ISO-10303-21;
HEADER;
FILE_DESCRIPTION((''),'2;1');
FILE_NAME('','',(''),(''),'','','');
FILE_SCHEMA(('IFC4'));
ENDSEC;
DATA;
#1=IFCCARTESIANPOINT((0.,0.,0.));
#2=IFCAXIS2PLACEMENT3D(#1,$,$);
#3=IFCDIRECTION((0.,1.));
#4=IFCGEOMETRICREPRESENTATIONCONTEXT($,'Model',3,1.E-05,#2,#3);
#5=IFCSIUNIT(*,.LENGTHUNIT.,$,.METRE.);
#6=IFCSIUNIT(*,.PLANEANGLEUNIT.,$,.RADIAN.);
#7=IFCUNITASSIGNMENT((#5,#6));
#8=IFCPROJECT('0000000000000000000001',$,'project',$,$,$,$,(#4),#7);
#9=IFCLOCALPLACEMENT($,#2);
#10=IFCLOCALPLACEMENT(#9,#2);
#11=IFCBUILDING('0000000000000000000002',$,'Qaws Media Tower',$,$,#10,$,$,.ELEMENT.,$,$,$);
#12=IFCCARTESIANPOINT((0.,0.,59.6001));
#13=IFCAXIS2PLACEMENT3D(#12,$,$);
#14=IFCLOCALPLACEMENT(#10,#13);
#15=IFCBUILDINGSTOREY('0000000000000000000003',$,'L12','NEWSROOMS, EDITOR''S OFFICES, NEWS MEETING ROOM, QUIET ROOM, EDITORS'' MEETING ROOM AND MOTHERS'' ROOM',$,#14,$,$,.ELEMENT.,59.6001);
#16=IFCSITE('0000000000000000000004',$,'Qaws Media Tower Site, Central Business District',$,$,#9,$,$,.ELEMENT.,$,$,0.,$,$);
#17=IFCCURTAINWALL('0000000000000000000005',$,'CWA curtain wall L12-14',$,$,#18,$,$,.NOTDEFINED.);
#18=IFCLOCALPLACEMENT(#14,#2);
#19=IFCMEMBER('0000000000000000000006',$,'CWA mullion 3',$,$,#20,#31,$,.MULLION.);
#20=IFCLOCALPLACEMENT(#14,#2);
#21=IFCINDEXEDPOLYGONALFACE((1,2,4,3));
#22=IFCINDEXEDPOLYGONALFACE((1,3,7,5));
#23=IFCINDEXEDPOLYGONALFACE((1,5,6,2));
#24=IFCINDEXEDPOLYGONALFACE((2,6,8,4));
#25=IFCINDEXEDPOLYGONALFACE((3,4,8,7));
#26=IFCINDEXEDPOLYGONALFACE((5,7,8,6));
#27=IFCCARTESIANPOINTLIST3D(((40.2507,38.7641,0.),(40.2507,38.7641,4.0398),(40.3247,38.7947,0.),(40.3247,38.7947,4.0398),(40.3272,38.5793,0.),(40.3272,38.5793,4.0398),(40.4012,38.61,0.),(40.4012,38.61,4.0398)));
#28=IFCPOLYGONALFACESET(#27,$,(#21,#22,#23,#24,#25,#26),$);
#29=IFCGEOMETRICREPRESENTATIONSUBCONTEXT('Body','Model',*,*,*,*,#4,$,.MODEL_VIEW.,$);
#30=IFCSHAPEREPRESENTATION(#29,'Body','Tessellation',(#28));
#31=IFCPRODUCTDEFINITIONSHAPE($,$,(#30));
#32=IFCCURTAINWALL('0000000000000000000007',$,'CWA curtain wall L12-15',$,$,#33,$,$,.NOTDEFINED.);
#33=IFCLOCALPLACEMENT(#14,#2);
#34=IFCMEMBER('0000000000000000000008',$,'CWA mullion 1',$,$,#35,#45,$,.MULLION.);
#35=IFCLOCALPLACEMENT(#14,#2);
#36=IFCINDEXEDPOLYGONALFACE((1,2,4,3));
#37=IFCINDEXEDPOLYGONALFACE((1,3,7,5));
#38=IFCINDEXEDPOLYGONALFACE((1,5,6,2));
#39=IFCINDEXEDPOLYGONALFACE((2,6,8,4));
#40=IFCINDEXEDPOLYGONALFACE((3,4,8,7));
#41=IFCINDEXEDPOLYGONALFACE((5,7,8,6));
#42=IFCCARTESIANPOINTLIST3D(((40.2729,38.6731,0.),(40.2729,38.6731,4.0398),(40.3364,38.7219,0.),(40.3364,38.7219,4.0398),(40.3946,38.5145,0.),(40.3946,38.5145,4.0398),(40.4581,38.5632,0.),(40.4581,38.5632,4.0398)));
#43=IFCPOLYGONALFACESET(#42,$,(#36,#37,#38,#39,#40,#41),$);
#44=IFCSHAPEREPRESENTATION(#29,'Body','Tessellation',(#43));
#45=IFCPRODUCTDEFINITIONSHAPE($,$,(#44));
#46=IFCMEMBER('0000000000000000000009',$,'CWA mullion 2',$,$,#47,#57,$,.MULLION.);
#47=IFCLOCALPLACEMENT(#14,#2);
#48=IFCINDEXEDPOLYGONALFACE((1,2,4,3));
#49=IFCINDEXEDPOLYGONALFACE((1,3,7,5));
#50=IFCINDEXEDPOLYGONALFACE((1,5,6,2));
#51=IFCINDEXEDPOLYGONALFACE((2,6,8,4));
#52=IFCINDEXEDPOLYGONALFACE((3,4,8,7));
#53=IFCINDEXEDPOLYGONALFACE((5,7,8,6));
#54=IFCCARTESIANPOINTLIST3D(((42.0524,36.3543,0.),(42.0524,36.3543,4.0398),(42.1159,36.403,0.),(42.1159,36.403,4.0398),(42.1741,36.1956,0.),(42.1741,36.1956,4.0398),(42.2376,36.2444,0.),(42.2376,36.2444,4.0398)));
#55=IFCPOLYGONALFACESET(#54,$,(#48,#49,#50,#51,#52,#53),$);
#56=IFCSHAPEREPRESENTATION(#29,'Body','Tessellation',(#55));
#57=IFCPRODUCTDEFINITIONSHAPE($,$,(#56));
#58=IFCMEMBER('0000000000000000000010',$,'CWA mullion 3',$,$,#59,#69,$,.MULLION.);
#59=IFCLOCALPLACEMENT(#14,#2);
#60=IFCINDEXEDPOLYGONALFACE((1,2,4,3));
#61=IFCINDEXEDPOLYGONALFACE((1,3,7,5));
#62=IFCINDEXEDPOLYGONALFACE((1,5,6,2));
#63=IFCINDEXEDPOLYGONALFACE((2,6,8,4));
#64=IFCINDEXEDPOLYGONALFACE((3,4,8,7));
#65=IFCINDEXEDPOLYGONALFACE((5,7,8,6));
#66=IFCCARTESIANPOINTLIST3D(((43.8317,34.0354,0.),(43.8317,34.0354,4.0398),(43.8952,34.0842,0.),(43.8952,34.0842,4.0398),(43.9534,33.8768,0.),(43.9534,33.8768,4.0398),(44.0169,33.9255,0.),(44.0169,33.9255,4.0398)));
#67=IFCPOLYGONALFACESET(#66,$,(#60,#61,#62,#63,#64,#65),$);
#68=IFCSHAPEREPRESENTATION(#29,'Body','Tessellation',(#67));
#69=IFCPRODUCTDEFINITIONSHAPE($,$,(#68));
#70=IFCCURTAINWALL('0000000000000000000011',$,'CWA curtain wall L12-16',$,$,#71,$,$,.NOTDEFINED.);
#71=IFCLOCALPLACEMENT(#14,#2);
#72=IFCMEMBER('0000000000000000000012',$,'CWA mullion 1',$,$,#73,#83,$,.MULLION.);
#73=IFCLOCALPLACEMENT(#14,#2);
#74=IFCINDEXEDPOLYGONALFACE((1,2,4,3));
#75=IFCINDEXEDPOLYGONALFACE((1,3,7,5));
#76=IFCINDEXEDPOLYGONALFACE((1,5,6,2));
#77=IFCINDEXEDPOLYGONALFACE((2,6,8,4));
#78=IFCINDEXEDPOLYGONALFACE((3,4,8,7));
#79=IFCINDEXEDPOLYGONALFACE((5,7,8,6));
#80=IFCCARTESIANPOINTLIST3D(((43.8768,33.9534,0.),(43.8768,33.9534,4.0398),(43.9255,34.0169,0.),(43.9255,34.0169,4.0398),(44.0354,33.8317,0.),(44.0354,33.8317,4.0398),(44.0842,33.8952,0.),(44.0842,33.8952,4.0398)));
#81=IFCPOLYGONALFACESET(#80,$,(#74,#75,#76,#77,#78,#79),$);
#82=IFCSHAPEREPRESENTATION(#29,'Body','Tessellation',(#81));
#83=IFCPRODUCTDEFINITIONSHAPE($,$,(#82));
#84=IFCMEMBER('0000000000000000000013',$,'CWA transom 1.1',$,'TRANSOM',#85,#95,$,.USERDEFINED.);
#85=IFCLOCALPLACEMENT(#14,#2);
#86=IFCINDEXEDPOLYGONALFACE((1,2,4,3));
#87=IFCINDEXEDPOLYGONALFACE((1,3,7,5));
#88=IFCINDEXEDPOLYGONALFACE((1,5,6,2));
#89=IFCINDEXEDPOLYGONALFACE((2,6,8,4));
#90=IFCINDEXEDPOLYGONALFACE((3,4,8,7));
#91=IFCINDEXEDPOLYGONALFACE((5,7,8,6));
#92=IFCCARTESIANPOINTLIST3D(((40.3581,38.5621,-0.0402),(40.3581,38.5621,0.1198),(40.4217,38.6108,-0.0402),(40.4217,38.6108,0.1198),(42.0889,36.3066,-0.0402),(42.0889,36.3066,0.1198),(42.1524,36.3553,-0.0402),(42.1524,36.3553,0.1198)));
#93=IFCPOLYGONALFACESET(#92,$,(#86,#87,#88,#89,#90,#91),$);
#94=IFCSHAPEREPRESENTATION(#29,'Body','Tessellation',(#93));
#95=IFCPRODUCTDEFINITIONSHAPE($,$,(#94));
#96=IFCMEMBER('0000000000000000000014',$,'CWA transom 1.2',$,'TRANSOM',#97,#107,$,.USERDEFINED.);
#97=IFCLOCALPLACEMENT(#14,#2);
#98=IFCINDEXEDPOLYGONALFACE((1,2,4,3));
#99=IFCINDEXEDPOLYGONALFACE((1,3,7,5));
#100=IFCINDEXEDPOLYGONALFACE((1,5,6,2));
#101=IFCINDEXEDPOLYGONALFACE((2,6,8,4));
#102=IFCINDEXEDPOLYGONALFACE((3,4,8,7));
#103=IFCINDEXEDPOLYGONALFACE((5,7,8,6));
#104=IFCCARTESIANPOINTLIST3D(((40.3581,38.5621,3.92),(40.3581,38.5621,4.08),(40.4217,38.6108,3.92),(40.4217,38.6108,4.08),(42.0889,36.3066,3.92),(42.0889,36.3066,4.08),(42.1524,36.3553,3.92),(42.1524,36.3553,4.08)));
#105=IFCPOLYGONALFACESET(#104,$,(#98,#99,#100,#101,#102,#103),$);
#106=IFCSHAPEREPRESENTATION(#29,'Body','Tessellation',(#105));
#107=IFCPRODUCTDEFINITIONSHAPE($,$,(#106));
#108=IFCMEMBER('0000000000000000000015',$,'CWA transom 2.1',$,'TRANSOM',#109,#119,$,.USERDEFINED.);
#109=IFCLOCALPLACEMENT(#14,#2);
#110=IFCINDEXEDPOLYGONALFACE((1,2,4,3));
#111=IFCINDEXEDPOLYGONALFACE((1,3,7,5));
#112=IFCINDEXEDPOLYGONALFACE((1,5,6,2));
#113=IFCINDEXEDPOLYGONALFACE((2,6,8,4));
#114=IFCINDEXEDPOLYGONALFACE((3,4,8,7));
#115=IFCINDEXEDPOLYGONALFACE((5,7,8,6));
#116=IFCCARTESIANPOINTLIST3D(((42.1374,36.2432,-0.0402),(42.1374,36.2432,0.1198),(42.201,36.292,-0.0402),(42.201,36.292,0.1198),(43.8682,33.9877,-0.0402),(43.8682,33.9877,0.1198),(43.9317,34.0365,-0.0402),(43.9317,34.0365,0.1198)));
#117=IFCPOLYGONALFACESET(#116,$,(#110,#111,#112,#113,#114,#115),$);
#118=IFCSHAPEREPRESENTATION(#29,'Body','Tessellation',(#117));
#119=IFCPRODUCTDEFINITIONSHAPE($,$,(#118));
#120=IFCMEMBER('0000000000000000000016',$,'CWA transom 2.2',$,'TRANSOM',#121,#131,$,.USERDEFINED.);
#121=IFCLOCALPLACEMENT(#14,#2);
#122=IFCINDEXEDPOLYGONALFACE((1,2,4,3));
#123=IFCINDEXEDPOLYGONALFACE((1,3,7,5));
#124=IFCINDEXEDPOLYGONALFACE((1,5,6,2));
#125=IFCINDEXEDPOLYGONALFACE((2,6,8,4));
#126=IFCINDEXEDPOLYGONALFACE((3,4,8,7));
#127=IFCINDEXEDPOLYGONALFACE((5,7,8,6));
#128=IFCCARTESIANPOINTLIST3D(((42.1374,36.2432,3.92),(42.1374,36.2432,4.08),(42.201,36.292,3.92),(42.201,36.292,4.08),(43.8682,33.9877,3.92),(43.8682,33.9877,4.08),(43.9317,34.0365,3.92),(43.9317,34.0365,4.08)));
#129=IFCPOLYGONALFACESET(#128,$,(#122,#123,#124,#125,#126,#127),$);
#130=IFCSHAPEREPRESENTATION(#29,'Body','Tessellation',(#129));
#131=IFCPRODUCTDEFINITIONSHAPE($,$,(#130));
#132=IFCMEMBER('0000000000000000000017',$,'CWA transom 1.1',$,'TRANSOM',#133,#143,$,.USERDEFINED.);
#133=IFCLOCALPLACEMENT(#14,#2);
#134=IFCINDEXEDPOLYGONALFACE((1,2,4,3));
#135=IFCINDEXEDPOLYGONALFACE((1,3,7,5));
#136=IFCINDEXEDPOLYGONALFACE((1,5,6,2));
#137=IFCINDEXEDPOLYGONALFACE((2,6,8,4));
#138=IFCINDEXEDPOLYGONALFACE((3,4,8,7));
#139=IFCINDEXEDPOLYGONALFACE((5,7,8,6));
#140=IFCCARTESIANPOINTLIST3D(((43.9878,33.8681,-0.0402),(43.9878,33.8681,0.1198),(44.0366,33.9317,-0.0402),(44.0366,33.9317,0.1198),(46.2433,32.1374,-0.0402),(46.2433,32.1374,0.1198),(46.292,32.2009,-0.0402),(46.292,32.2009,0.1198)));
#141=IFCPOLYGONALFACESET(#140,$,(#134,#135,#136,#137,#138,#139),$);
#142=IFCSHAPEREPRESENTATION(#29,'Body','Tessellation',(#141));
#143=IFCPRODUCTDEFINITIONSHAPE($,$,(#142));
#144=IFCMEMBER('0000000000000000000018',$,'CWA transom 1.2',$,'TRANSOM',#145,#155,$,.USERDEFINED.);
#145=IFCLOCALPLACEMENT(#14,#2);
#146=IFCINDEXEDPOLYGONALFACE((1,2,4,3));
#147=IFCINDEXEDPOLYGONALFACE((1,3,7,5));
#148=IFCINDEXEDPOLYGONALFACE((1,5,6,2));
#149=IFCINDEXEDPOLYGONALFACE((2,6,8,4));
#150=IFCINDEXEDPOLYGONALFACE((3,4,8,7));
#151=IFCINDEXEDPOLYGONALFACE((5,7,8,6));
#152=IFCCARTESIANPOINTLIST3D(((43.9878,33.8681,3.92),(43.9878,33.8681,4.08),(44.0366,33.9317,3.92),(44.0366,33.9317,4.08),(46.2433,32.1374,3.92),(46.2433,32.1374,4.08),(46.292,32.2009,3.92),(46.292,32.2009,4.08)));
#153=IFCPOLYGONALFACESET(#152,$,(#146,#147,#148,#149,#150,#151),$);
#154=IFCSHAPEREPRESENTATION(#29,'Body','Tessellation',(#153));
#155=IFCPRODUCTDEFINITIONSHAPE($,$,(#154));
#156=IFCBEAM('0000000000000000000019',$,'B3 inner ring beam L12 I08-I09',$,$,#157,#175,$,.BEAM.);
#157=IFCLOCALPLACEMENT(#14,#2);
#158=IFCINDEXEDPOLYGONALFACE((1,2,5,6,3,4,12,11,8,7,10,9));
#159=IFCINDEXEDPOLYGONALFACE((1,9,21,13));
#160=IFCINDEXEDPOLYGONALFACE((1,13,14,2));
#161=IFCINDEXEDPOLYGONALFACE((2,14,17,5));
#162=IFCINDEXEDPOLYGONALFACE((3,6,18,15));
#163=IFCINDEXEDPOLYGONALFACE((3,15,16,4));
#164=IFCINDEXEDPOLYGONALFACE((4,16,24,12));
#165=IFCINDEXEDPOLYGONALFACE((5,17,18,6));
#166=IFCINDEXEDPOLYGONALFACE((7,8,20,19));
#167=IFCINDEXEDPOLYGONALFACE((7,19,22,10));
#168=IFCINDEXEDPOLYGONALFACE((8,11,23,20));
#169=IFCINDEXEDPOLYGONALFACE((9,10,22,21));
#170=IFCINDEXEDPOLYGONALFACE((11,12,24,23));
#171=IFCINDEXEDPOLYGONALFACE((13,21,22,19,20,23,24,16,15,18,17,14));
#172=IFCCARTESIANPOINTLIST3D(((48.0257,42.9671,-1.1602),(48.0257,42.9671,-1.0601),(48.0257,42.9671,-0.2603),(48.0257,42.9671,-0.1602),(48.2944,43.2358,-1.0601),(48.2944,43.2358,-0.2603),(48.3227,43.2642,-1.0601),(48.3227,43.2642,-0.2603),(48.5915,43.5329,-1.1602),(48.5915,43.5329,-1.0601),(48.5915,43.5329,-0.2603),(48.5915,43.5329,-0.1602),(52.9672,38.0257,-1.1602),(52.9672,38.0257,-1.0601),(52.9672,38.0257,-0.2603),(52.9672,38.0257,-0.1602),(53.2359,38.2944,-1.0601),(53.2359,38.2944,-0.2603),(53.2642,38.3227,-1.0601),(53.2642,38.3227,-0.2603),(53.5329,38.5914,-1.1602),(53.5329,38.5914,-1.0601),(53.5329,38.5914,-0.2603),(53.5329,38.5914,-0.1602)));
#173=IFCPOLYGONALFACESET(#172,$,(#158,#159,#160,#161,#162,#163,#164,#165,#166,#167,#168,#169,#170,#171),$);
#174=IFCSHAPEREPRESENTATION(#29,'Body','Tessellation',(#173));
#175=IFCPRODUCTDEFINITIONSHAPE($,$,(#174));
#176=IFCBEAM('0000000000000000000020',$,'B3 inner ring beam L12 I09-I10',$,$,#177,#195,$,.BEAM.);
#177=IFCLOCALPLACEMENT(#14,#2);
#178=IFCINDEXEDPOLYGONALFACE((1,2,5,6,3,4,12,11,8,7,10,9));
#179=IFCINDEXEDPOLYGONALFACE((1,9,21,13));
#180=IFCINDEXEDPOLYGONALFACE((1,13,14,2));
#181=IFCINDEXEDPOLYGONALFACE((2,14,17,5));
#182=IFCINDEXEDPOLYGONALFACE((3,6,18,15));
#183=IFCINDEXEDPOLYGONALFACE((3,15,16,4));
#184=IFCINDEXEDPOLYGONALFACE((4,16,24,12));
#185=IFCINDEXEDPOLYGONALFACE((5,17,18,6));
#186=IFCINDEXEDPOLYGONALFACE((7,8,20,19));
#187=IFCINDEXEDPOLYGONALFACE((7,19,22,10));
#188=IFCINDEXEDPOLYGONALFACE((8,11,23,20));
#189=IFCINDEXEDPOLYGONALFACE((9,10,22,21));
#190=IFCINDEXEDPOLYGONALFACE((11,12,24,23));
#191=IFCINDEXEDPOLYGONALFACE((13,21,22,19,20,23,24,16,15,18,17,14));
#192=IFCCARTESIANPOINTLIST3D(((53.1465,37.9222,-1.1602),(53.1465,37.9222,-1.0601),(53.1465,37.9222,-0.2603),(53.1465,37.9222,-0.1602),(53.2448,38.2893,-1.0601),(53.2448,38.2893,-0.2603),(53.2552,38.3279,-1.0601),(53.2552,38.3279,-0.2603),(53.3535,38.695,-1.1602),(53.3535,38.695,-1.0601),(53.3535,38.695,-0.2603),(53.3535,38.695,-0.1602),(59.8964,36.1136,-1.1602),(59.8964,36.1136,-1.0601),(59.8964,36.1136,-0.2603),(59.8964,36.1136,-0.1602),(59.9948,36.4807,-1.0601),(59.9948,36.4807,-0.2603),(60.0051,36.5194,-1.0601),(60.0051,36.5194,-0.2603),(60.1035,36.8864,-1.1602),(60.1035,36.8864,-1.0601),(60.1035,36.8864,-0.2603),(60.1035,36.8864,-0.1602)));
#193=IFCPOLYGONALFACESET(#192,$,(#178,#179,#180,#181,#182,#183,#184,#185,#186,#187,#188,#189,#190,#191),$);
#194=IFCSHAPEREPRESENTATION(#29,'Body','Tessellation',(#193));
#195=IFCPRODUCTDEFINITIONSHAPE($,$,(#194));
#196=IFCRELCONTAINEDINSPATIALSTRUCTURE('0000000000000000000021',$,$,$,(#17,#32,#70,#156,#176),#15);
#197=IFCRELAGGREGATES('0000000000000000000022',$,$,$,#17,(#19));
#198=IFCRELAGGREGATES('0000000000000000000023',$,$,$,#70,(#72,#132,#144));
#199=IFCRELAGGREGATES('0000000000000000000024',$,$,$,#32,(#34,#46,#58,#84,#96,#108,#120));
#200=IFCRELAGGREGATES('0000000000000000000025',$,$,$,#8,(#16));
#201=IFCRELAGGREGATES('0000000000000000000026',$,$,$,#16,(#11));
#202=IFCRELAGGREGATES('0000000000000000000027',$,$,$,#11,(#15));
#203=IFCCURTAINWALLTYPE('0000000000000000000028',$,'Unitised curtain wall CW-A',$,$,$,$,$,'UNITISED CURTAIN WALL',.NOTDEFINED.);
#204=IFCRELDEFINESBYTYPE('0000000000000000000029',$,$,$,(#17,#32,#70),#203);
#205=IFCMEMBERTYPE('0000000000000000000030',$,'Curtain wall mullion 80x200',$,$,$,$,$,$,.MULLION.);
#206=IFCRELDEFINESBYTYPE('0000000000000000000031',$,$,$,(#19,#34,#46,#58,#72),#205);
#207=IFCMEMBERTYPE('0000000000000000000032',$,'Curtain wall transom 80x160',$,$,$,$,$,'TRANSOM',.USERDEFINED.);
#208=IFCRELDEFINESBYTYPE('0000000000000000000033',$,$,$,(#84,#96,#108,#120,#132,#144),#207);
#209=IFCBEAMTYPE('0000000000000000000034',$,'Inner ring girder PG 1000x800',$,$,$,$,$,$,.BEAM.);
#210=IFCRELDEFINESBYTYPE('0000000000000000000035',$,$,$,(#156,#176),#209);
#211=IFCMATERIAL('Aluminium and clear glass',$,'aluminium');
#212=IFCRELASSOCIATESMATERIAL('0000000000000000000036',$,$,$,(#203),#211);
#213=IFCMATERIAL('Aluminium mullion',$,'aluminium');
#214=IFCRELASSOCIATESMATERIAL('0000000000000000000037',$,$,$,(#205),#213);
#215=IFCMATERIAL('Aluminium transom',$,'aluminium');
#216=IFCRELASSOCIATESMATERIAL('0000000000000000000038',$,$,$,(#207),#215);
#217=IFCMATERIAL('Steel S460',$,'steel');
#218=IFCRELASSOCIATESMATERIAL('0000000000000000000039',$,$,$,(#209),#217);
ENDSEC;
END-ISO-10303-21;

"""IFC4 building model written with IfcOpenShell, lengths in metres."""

from ifc_helpers import new_model, si_unit, direction, frame, origin, origin_2d, place, context, subcontext, project, spatial, rectangle, i_section, extrude, material, material_profile, profile_set, type_object, element, aggregate, save


model = new_model("IFC4")

# Units and contexts
model_context = context("Model", 3, precision=1e-05, world=origin(), true_north=direction((0.0, 1.0)))
body_context = subcontext(model_context, "Body", "Model", "MODEL_VIEW")
ifc_project = project(units=[si_unit("LENGTHUNIT", "METRE"), si_unit("PLANEANGLEUNIT", "RADIAN")], contexts=[model_context])

# Site, building, storey
site_placement = place(None, origin())
site = spatial("IfcSite", under=ifc_project, at=site_placement, Name="Qaws Media Tower Site, Central Business District", CompositionType="ELEMENT", RefElevation=0.0)
building_placement = place(site_placement, origin())
building = spatial("IfcBuilding", under=site, at=building_placement, Name="Qaws Media Tower", CompositionType="ELEMENT")
storey_placement = place(building_placement, frame((0.0, 0.0, 59.6001)))
storey = spatial("IfcBuildingStorey", under=building, at=storey_placement, Name="L12", Description="NEWSROOMS, EDITOR'S OFFICES, NEWS MEETING ROOM, QUIET ROOM, EDITORS' MEETING ROOM AND MOTHERS' ROOM", CompositionType="ELEMENT", Elevation=59.6001)

# Curtain wall, member
ifc_material_1 = material(Name="Aluminium and clear glass", Category="aluminium")
curtain_wall_type = type_object("IfcCurtainWallType", Name="Unitised curtain wall CW-A", ElementType="UNITISED CURTAIN WALL", PredefinedType="NOTDEFINED", material=ifc_material_1)
curtain_wall_1_placement = place(storey_placement, origin())
curtain_wall_1 = element("IfcCurtainWall", 1, at=curtain_wall_1_placement, inside=storey, type_object=curtain_wall_type, Name="CWA curtain wall L12-14", PredefinedType="NOTDEFINED")
ifc_material_2 = material(Name="Aluminium mullion", Category="aluminium")
ifc_material_profile_1 = material_profile(ifc_material_2, rectangle(XDim=0.0801, YDim=0.2, at=origin_2d()), Name="80x200")
ifc_profile_set_1 = profile_set([ifc_material_profile_1], Name="Aluminium mullion")
member_type_1 = type_object("IfcMemberType", Name="Curtain wall mullion 80x200", PredefinedType="MULLION", material=ifc_profile_set_1)
member_1_placement = place(storey_placement, frame((40.3259, 38.687, 0.0), z_axis=(0.0, 0.0, 1.0), x_axis=(0.92388, 0.382683, 0.0)))
member_1 = element("IfcMember", 2, at=member_1_placement, type_object=member_type_1, Name="CWA mullion 3", PredefinedType="MULLION", context=body_context, shape_type="SweptSolid", body=[
    extrude(rectangle(XDim=0.0801, YDim=0.2, at=origin_2d()), origin(), (0.0, 0.0, 1.0), 4.0398),
])
aggregate(curtain_wall_1, [member_1])

# Curtain wall, members
curtain_wall_2_placement = place(storey_placement, origin())
curtain_wall_2 = element("IfcCurtainWall", 3, at=curtain_wall_2_placement, inside=storey, type_object=curtain_wall_type, Name="CWA curtain wall L12-15", PredefinedType="NOTDEFINED")
member_2_placement = place(storey_placement, frame((40.3655, 38.6182, 0.0), z_axis=(0.0, 0.0, 1.0), x_axis=(0.793353, 0.608761, 0.0)))
member_2 = element("IfcMember", 4, at=member_2_placement, type_object=member_type_1, Name="CWA mullion 1", PredefinedType="MULLION", context=body_context, shape_type="SweptSolid", body=[
    extrude(rectangle(XDim=0.0801, YDim=0.2, at=origin_2d()), origin(), (0.0, 0.0, 1.0), 4.0398),
])
member_3_placement = place(storey_placement, frame((42.145, 36.2993, 0.0), z_axis=(0.0, 0.0, 1.0), x_axis=(0.793353, 0.608761, 0.0)))
member_3 = element("IfcMember", 5, at=member_3_placement, type_object=member_type_1, Name="CWA mullion 2", PredefinedType="MULLION", context=body_context, shape_type="SweptSolid", body=[
    extrude(rectangle(XDim=0.0801, YDim=0.2, at=origin_2d()), origin(), (0.0, 0.0, 1.0), 4.0398),
])
member_4_placement = place(storey_placement, frame((43.9243, 33.9805, 0.0), z_axis=(0.0, 0.0, 1.0), x_axis=(0.793353, 0.608761, 0.0)))
member_4 = element("IfcMember", 6, at=member_4_placement, type_object=member_type_1, Name="CWA mullion 3", PredefinedType="MULLION", context=body_context, shape_type="SweptSolid", body=[
    extrude(rectangle(XDim=0.0801, YDim=0.2, at=origin_2d()), origin(), (0.0, 0.0, 1.0), 4.0398),
])

# Curtain wall, member
curtain_wall_3_placement = place(storey_placement, origin())
curtain_wall_3 = element("IfcCurtainWall", 7, at=curtain_wall_3_placement, inside=storey, type_object=curtain_wall_type, Name="CWA curtain wall L12-16", PredefinedType="NOTDEFINED")
member_5_placement = place(storey_placement, frame((43.9805, 33.9243, 0.0), z_axis=(0.0, 0.0, 1.0), x_axis=(0.608761, 0.793353, 0.0)))
member_5 = element("IfcMember", 8, at=member_5_placement, type_object=member_type_1, Name="CWA mullion 1", PredefinedType="MULLION", context=body_context, shape_type="SweptSolid", body=[
    extrude(rectangle(XDim=0.0801, YDim=0.2, at=origin_2d()), origin(), (0.0, 0.0, 1.0), 4.0398),
])

# Members
ifc_material_3 = material(Name="Aluminium transom", Category="aluminium")
ifc_material_profile_2 = material_profile(ifc_material_3, rectangle(XDim=0.0801, YDim=0.1599, at=origin_2d()), Name="80x160")
ifc_profile_set_2 = profile_set([ifc_material_profile_2], Name="Aluminium transom")
member_type_2 = type_object("IfcMemberType", Name="Curtain wall transom 80x160", ElementType="TRANSOM", PredefinedType="USERDEFINED", material=ifc_profile_set_2)
member_6_placement = place(storey_placement, frame((40.3899, 38.5864, 0.0398), z_axis=(0.608785, -0.793335, 0.0), x_axis=(0.793335, 0.608785, 0.0)))
member_6 = element("IfcMember", 9, at=member_6_placement, type_object=member_type_2, Name="CWA transom 1.1", ObjectType="TRANSOM", PredefinedType="USERDEFINED", context=body_context, shape_type="SweptSolid", body=[
    extrude(rectangle(XDim=0.0801, YDim=0.1599, at=origin_2d()), origin(), (0.0, 0.0, 1.0), 2.843),
])
member_7_placement = place(storey_placement, frame((40.3899, 38.5864, 4.0), z_axis=(0.608785, -0.793335, 0.0), x_axis=(0.793335, 0.608785, 0.0)))
member_7 = element("IfcMember", 10, at=member_7_placement, type_object=member_type_2, Name="CWA transom 1.2", ObjectType="TRANSOM", PredefinedType="USERDEFINED", context=body_context, shape_type="SweptSolid", body=[
    extrude(rectangle(XDim=0.0801, YDim=0.1599, at=origin_2d()), origin(), (0.0, 0.0, 1.0), 2.843),
])
member_8_placement = place(storey_placement, frame((42.1692, 36.2676, 0.0398), z_axis=(0.608785, -0.793335, 0.0), x_axis=(0.793335, 0.608785, 0.0)))
member_8 = element("IfcMember", 11, at=member_8_placement, type_object=member_type_2, Name="CWA transom 2.1", ObjectType="TRANSOM", PredefinedType="USERDEFINED", context=body_context, shape_type="SweptSolid", body=[
    extrude(rectangle(XDim=0.0801, YDim=0.1599, at=origin_2d()), origin(), (0.0, 0.0, 1.0), 2.843),
])
member_9_placement = place(storey_placement, frame((42.1692, 36.2676, 4.0), z_axis=(0.608785, -0.793335, 0.0), x_axis=(0.793335, 0.608785, 0.0)))
member_9 = element("IfcMember", 12, at=member_9_placement, type_object=member_type_2, Name="CWA transom 2.2", ObjectType="TRANSOM", PredefinedType="USERDEFINED", context=body_context, shape_type="SweptSolid", body=[
    extrude(rectangle(XDim=0.0801, YDim=0.1599, at=origin_2d()), origin(), (0.0, 0.0, 1.0), 2.843),
])
member_10_placement = place(storey_placement, frame((44.0122, 33.8999, 0.0398), z_axis=(0.793335, -0.608785, 0.0), x_axis=(0.608785, 0.793335, 0.0)))
member_10 = element("IfcMember", 13, at=member_10_placement, type_object=member_type_2, Name="CWA transom 1.1", ObjectType="TRANSOM", PredefinedType="USERDEFINED", context=body_context, shape_type="SweptSolid", body=[
    extrude(rectangle(XDim=0.0801, YDim=0.1599, at=origin_2d()), origin(), (0.0, 0.0, 1.0), 2.843),
])
member_11_placement = place(storey_placement, frame((44.0122, 33.8999, 4.0), z_axis=(0.793335, -0.608785, 0.0), x_axis=(0.608785, 0.793335, 0.0)))
member_11 = element("IfcMember", 14, at=member_11_placement, type_object=member_type_2, Name="CWA transom 1.2", ObjectType="TRANSOM", PredefinedType="USERDEFINED", context=body_context, shape_type="SweptSolid", body=[
    extrude(rectangle(XDim=0.0801, YDim=0.1599, at=origin_2d()), origin(), (0.0, 0.0, 1.0), 2.843),
])
aggregate(curtain_wall_3, [member_5, member_10, member_11])

# Beams
ifc_material_4 = material(Name="Steel S460", Category="steel")
ifc_material_profile_3 = material_profile(ifc_material_4, i_section(OverallWidth=0.8, OverallDepth=1.0, WebThickness=0.04, FlangeThickness=0.1001, at=origin_2d()), Name="PG 1000x800")
ifc_profile_set_3 = profile_set([ifc_material_profile_3], Name="Steel S460")
beam_type_1 = type_object("IfcBeamType", Name="Inner ring girder PG 1000x800", PredefinedType="BEAM", material=ifc_profile_set_3)
beam_1_placement = place(storey_placement, frame((48.3086, 43.25, -0.6602), z_axis=(0.707107, -0.707107, 0.0), x_axis=(0.707107, 0.707107, 0.0)))
element("IfcBeam", 15, at=beam_1_placement, inside=storey, type_object=beam_type_1, Name="B3 inner ring beam L12 I08-I09", PredefinedType="BEAM", context=body_context, shape_type="SweptSolid", body=[
    extrude(i_section(OverallWidth=0.8, OverallDepth=1.0, WebThickness=0.04, FlangeThickness=0.1001, at=origin_2d()), origin(), (0.0, 0.0, 1.0), 6.9883),
])
beam_2_placement = place(storey_placement, frame((53.25, 38.3086, -0.6602), z_axis=(0.965928, -0.258811, 0.0), x_axis=(0.258811, 0.965928, 0.0)))
element("IfcBeam", 16, at=beam_2_placement, inside=storey, type_object=beam_type_1, Name="B3 inner ring beam L12 I09-I10", PredefinedType="BEAM", context=body_context, shape_type="SweptSolid", body=[
    extrude(i_section(OverallWidth=0.8, OverallDepth=1.0, WebThickness=0.04, FlangeThickness=0.1001, at=origin_2d()), origin(), (0.0, 0.0, 1.0), 6.988),
])

aggregate(curtain_wall_2, [member_2, member_3, member_4, member_6, member_7, member_8, member_9])

save(model, "model.ifc")
